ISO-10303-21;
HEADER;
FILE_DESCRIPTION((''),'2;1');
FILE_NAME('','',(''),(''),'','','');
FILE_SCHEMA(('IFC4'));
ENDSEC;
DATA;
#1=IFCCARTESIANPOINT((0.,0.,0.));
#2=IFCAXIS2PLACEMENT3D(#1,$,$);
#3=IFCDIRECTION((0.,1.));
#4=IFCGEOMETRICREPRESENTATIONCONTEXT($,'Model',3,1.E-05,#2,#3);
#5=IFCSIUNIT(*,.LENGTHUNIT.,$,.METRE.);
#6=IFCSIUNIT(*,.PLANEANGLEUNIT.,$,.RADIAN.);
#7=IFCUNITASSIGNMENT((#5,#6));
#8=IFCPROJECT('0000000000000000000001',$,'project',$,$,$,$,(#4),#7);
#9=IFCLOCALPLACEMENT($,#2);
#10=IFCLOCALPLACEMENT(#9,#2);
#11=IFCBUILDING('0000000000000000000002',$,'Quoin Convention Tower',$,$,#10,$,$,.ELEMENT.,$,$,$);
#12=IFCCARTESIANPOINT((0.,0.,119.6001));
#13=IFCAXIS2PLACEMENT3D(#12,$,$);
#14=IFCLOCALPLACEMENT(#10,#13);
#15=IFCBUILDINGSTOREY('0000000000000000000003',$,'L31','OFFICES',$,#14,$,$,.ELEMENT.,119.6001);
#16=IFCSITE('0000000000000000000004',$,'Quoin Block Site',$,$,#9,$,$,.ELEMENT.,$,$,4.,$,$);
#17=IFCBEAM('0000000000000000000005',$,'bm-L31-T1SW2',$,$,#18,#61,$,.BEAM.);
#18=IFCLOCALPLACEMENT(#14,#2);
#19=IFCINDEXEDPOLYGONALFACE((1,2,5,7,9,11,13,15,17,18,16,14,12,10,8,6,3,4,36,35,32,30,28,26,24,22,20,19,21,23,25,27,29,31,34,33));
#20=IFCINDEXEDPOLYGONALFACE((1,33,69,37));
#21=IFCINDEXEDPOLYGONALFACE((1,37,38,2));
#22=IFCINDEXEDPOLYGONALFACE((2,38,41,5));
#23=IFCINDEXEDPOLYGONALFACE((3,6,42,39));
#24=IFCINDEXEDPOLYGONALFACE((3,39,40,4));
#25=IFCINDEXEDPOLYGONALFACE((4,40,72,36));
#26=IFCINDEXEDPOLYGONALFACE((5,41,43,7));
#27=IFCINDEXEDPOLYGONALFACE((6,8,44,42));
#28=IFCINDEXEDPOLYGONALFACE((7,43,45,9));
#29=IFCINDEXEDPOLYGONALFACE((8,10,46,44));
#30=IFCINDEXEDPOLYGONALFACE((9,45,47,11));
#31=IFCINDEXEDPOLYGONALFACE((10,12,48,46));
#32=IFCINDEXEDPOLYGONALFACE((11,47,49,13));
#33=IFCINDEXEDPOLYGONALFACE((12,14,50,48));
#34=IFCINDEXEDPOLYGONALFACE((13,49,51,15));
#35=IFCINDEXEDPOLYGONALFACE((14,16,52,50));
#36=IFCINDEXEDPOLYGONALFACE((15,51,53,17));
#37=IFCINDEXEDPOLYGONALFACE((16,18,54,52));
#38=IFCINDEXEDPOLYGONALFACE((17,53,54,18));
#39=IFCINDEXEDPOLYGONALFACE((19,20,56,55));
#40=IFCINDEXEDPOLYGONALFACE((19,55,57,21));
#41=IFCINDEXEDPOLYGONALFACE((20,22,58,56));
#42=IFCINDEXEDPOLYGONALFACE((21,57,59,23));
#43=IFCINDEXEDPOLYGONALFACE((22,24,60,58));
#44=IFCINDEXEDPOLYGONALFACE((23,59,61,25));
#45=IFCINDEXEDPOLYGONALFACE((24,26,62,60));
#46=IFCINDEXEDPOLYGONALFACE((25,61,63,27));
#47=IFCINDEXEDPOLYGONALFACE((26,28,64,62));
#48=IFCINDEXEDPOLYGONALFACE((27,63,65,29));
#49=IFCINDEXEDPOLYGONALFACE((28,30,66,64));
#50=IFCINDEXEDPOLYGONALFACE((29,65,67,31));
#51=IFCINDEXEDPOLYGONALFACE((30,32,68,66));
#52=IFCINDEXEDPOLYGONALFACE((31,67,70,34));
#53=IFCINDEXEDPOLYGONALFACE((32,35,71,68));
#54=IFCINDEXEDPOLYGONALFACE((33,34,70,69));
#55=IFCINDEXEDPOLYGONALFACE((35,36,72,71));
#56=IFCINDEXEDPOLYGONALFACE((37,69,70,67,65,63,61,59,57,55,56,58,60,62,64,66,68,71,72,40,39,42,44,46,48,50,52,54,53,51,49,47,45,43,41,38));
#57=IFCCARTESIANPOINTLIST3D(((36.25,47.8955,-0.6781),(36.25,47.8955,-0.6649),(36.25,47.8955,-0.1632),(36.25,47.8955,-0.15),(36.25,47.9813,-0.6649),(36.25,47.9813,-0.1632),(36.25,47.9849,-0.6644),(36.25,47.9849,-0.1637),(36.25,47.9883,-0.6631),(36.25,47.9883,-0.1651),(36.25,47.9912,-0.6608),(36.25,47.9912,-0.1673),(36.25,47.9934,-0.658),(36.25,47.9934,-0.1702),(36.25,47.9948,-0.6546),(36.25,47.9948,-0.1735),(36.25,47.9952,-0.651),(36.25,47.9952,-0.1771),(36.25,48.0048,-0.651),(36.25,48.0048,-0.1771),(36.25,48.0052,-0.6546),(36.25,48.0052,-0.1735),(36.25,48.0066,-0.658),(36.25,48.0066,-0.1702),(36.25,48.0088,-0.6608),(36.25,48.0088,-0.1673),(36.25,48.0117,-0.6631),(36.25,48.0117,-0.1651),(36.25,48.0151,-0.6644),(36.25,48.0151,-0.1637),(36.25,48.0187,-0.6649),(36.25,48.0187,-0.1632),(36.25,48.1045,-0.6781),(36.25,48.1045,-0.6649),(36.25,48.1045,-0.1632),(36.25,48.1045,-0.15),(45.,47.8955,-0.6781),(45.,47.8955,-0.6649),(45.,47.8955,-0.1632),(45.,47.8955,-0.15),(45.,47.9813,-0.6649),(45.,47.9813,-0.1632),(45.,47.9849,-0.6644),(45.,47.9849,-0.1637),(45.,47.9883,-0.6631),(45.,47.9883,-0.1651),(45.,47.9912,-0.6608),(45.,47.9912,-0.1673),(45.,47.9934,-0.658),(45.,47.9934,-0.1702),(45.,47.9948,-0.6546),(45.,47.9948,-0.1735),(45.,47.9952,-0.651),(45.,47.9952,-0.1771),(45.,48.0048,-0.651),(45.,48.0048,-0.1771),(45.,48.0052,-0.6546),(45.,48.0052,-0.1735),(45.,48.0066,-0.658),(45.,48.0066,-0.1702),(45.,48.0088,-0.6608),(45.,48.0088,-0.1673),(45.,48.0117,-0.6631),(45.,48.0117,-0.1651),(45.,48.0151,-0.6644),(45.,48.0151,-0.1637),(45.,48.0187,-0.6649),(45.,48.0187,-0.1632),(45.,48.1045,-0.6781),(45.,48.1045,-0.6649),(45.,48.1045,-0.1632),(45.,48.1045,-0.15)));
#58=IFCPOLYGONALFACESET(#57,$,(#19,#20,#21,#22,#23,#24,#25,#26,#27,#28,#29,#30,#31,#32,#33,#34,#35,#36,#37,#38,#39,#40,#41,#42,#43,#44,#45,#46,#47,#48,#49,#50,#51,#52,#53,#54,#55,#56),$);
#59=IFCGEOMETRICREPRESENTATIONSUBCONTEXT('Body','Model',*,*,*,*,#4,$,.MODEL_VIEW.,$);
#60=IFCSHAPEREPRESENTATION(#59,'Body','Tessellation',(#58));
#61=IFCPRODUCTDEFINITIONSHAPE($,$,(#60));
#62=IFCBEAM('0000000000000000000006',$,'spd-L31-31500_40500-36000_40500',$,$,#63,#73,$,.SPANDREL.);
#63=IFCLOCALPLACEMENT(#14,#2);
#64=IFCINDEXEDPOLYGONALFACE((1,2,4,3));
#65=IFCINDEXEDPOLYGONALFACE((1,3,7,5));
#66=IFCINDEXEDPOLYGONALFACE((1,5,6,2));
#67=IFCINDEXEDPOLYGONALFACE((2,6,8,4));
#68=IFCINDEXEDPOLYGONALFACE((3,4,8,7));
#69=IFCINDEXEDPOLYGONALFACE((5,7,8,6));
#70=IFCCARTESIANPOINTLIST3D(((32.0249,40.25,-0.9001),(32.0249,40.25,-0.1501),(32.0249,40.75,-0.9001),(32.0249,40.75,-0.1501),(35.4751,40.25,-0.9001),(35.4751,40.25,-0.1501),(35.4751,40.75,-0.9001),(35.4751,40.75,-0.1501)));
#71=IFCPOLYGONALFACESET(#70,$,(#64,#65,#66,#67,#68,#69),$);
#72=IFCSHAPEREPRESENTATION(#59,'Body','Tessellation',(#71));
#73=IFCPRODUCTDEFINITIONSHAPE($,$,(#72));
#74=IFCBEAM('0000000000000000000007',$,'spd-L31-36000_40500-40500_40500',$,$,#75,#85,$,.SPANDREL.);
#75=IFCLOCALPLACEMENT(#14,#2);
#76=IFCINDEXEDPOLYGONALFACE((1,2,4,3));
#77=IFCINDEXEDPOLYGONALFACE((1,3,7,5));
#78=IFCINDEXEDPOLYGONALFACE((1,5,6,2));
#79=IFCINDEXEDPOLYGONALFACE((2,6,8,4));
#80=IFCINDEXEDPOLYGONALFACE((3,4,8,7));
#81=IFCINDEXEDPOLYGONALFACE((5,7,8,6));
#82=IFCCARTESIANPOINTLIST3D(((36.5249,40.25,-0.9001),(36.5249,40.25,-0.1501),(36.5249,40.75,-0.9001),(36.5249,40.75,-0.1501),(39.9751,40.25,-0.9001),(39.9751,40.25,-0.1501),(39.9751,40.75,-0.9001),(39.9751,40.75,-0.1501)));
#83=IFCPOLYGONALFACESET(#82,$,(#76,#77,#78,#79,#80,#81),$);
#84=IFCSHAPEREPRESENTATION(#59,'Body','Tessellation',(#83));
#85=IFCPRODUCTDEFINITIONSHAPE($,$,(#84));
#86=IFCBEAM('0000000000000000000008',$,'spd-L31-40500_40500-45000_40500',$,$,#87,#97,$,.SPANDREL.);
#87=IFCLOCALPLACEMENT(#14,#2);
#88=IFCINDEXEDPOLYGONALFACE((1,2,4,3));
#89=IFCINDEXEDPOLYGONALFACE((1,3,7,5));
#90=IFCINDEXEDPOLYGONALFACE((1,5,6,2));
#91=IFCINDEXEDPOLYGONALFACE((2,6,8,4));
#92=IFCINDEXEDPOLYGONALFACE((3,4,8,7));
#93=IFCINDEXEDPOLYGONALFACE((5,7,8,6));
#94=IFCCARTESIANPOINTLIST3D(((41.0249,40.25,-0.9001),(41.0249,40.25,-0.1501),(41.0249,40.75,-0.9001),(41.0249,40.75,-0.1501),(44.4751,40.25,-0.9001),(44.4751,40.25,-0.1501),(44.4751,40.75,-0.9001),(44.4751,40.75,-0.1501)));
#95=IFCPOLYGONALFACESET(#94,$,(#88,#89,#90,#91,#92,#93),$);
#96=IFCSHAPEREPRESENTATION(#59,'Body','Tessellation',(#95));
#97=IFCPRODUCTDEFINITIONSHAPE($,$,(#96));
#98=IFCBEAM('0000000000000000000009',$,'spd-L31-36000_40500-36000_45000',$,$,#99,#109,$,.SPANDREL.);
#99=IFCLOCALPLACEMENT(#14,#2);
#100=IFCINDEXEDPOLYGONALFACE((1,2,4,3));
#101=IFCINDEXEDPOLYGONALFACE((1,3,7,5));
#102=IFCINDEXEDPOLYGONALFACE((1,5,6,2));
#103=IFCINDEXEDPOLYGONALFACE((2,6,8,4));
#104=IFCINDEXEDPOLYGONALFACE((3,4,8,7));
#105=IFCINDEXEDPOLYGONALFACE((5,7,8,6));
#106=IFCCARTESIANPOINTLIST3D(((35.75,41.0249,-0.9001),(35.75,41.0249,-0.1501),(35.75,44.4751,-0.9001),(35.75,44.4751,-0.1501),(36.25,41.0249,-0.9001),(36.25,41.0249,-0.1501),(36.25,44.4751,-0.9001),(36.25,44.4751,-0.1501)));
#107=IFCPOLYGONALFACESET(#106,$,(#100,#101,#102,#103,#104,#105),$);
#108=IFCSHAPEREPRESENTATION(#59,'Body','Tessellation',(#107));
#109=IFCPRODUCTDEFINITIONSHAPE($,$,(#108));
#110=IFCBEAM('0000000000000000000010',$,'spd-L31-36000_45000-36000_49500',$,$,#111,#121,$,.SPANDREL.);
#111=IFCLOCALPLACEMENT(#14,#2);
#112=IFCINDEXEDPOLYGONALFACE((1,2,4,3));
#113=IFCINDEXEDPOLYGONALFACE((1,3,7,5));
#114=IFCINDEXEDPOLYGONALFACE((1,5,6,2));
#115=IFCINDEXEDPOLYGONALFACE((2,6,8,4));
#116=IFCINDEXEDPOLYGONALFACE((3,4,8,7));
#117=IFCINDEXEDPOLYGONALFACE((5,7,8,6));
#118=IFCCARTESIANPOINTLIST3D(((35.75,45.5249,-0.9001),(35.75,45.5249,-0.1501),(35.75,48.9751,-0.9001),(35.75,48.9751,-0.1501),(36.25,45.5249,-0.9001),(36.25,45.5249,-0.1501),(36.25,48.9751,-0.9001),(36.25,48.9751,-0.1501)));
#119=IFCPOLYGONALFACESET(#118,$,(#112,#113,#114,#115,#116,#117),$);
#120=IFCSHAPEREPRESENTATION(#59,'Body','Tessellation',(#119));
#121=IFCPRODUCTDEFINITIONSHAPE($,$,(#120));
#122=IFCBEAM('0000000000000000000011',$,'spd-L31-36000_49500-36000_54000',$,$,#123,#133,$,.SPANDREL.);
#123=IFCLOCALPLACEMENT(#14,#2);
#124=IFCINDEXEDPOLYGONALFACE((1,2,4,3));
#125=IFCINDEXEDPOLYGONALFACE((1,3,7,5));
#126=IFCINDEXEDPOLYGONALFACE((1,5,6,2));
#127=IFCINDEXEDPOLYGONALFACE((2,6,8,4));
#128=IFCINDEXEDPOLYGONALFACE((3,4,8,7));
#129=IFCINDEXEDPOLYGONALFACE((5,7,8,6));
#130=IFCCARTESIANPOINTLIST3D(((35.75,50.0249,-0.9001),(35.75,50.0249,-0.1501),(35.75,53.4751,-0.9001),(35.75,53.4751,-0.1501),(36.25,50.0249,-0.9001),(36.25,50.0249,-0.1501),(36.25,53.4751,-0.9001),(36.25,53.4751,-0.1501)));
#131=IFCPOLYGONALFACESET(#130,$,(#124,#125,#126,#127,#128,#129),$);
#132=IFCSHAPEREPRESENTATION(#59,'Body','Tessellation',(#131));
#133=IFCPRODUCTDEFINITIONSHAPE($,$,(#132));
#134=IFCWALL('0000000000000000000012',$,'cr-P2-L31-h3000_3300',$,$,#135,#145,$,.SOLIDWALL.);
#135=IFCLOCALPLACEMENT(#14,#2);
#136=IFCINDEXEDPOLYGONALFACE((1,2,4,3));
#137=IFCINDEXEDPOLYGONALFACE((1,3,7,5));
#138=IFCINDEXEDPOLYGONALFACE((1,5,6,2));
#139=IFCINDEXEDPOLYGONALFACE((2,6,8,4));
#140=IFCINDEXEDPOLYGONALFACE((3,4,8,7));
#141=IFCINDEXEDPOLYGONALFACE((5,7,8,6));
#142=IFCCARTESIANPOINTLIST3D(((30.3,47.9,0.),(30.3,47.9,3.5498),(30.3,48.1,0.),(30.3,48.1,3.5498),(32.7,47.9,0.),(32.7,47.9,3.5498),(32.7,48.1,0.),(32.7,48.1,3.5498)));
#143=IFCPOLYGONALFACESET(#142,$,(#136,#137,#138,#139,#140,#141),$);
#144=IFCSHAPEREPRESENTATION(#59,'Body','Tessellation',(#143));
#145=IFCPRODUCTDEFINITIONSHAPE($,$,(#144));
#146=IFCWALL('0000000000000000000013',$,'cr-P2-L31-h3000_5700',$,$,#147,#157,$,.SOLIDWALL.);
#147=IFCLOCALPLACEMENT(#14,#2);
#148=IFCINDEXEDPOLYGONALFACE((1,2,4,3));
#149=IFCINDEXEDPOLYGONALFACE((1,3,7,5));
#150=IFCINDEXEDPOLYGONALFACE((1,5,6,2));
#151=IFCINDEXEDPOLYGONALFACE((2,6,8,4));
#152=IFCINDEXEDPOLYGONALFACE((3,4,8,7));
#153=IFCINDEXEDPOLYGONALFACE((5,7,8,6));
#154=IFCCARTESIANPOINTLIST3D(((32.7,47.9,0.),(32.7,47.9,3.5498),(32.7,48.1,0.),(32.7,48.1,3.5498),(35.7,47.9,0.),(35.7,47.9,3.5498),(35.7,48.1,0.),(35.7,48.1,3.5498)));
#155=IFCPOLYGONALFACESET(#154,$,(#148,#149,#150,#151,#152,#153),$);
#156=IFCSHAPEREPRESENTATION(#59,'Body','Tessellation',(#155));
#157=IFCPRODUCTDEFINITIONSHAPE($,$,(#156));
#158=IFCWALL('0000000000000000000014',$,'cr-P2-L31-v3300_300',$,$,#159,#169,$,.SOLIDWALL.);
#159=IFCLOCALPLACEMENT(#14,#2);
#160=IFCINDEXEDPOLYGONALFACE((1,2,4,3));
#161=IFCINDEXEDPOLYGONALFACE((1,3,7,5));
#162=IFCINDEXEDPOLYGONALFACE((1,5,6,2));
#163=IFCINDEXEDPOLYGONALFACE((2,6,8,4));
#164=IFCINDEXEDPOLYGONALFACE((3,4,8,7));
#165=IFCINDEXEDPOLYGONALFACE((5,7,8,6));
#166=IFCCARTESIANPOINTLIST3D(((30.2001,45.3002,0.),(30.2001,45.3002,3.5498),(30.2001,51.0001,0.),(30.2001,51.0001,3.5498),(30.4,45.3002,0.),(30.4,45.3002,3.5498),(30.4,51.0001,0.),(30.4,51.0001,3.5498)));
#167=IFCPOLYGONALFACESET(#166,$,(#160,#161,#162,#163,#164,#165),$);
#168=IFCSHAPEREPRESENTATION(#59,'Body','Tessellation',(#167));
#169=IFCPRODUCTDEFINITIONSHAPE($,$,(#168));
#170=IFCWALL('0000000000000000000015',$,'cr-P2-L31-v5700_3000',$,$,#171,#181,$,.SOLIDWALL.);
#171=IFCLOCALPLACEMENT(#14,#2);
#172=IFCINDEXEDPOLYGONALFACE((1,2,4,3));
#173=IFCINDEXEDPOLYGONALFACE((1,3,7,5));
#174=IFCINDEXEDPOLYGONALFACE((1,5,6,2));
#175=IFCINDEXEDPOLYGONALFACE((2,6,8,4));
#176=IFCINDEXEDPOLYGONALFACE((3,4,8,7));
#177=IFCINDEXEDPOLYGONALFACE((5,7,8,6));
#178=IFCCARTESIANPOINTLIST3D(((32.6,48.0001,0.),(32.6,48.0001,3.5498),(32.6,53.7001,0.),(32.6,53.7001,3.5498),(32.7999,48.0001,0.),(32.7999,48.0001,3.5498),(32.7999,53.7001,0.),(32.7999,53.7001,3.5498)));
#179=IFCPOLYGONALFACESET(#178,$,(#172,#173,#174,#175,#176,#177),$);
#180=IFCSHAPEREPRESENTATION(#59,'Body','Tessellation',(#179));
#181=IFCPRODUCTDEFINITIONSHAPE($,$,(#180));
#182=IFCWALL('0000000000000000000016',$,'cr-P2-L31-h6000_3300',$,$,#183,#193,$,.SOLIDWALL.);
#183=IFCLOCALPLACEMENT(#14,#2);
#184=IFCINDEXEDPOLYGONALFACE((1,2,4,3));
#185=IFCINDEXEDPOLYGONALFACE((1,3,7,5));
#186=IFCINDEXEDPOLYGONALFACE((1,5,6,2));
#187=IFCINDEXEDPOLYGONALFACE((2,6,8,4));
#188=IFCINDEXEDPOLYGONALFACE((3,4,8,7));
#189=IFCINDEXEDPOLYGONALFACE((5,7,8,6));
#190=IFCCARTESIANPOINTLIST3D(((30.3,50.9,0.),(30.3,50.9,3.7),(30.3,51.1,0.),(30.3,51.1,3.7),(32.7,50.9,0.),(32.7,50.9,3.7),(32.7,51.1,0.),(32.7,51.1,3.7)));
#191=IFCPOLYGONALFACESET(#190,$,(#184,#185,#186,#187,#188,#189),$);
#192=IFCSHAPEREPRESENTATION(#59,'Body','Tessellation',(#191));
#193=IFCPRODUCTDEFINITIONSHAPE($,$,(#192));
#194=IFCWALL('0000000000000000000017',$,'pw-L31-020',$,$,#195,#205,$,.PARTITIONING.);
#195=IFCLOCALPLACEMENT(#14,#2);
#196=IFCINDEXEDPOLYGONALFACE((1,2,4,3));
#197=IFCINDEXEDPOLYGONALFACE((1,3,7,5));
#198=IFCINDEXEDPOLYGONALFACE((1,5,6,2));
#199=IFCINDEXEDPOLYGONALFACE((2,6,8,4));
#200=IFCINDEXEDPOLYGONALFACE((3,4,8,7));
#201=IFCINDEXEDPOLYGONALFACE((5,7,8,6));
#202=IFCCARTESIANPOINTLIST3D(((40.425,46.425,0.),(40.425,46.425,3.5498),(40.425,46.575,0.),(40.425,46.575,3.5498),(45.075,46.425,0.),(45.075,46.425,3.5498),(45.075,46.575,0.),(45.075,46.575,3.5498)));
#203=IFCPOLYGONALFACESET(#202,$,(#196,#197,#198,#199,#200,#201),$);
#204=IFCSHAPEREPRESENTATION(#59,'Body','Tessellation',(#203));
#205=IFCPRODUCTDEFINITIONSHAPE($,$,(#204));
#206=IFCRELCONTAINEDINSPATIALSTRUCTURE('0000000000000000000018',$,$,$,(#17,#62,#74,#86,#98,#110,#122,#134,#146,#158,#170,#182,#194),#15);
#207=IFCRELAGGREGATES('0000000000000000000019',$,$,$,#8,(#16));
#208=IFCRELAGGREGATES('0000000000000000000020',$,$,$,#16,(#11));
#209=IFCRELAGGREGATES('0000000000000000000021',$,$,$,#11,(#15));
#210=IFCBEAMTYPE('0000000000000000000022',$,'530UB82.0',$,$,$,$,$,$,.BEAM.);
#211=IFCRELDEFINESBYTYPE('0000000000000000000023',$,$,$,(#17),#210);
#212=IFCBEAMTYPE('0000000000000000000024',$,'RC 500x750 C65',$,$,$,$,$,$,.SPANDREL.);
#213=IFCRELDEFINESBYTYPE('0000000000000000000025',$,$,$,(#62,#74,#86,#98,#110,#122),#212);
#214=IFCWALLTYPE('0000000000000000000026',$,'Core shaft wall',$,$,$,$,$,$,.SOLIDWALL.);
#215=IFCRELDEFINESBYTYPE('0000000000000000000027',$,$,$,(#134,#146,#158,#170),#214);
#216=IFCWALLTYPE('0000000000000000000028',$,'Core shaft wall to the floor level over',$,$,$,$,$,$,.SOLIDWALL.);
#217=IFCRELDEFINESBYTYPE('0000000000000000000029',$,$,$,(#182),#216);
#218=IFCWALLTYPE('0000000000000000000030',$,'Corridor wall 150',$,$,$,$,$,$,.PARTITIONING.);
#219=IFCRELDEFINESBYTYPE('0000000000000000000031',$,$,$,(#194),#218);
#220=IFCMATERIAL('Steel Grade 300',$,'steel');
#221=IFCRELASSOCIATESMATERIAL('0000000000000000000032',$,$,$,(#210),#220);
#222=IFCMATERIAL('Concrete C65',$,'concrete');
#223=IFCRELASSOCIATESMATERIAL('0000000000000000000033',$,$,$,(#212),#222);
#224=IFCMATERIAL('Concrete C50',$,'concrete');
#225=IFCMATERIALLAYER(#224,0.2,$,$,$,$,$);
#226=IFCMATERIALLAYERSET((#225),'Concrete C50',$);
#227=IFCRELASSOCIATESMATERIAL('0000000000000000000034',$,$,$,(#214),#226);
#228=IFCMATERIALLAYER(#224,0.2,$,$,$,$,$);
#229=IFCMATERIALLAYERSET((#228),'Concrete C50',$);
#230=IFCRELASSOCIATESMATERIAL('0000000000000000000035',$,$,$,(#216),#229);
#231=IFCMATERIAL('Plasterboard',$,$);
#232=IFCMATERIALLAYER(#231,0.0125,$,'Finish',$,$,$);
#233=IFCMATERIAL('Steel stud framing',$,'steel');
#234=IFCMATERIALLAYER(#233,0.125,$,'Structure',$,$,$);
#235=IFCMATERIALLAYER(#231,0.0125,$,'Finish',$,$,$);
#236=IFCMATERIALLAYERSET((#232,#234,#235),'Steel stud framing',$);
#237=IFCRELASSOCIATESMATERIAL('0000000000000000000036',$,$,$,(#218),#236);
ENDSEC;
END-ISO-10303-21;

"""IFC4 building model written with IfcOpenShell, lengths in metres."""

from ifc_helpers import new_model, si_unit, direction, frame, frame_2d, origin, origin_2d, place, context, subcontext, project, spatial, rectangle, i_section, extrude, material, layer, layer_set, material_profile, profile_set, type_object, element, save


model = new_model("IFC4")

# Units and contexts
model_context = context("Model", 3, precision=1e-05, world=origin(), true_north=direction((0.0, 1.0)))
body_context = subcontext(model_context, "Body", "Model", "MODEL_VIEW")
ifc_project = project(units=[si_unit("LENGTHUNIT", "METRE"), si_unit("PLANEANGLEUNIT", "RADIAN")], contexts=[model_context])

# Site, building, storey
site_placement = place(None, origin())
site = spatial("IfcSite", under=ifc_project, at=site_placement, Name="Quoin Block Site", CompositionType="ELEMENT", RefElevation=4.0)
building_placement = place(site_placement, origin())
building = spatial("IfcBuilding", under=site, at=building_placement, Name="Quoin Convention Tower", CompositionType="ELEMENT")
storey_placement = place(building_placement, frame((0.0, 0.0, 119.6001)))
storey = spatial("IfcBuildingStorey", under=building, at=storey_placement, Name="L31", Description="OFFICES", CompositionType="ELEMENT", Elevation=119.6001)

# Shared definitions
ifc_material_1 = material(Name="Concrete C65", Category="concrete")

# Beams
ifc_material_2 = material(Name="Steel Grade 300", Category="steel")
ifc_material_profile_1 = material_profile(ifc_material_2, i_section(OverallWidth=0.209, OverallDepth=0.5281, WebThickness=0.0095, FlangeThickness=0.0132, FilletRadius=0.0139, at=origin_2d()), Name="530UB82.0")
ifc_profile_set_1 = profile_set([ifc_material_profile_1], Name="Steel Grade 300")
beam_type_1 = type_object("IfcBeamType", Name="530UB82.0", PredefinedType="BEAM", material=ifc_profile_set_1)
beam_1_placement = place(storey_placement, frame((36.25, 48.0, -0.4141), z_axis=(1.0, 0.0, 0.0), x_axis=(0.0, 1.0, 0.0)))
element("IfcBeam", 1, at=beam_1_placement, inside=storey, type_object=beam_type_1, Name="bm-L31-T1SW2", PredefinedType="BEAM", context=body_context, shape_type="SweptSolid", body=[
    extrude(i_section(OverallWidth=0.209, OverallDepth=0.5281, WebThickness=0.0095, FlangeThickness=0.0132, FilletRadius=0.0139, at=origin_2d()), origin(), (0.0, 0.0, 1.0), 8.75),
])
ifc_material_profile_2 = material_profile(ifc_material_1, rectangle(XDim=0.5, YDim=0.75, at=origin_2d()), Name="RC 500x750")
ifc_profile_set_2 = profile_set([ifc_material_profile_2], Name="Concrete C65")
beam_type_2 = type_object("IfcBeamType", Name="RC 500x750 C65", PredefinedType="SPANDREL", material=ifc_profile_set_2)
for number, where, z_axis, x_axis, name in (
    (2, (32.0249, 40.5, -0.5251), (1.0, 0.0, 0.0), (0.0, 1.0, 0.0), "spd-L31-31500_40500-36000_40500"),
    (3, (36.5249, 40.5, -0.5251), (1.0, 0.0, 0.0), (0.0, 1.0, 0.0), "spd-L31-36000_40500-40500_40500"),
    (4, (41.0249, 40.5, -0.5251), (1.0, 0.0, 0.0), (0.0, 1.0, 0.0), "spd-L31-40500_40500-45000_40500"),
    (5, (36.0, 41.0249, -0.5251), (0.0, 1.0, 0.0), (-1.0, 0.0, 0.0), "spd-L31-36000_40500-36000_45000"),
    (6, (36.0, 45.5249, -0.5251), (0.0, 1.0, 0.0), (-1.0, 0.0, 0.0), "spd-L31-36000_45000-36000_49500"),
    (7, (36.0, 50.0249, -0.5251), (0.0, 1.0, 0.0), (-1.0, 0.0, 0.0), "spd-L31-36000_49500-36000_54000"),
):
    element("IfcBeam", number, at=place(storey_placement, frame(where, z_axis=z_axis, x_axis=x_axis)), inside=storey, type_object=beam_type_2, Name=name, PredefinedType="SPANDREL", context=body_context, shape_type="SweptSolid", body=[
        extrude(rectangle(XDim=0.5, YDim=0.75, at=origin_2d()), origin(), (0.0, 0.0, 1.0), 3.4502),
    ])

# Walls
ifc_material_3 = material(Name="Concrete C50", Category="concrete")
ifc_layer_1 = layer(ifc_material_3, 0.2)
ifc_layer_set_1 = layer_set([ifc_layer_1], Name="Concrete C50")
wall_type_1 = type_object("IfcWallType", Name="Core shaft wall", PredefinedType="SOLIDWALL", material=ifc_layer_set_1)
wall_1_placement = place(storey_placement, frame((30.3, 48.0, 0.0), z_axis=(0.0, 0.0, 1.0), x_axis=(1.0, 0.0, 0.0)))
element("IfcWall", 8, at=wall_1_placement, inside=storey, type_object=wall_type_1, Name="cr-P2-L31-h3000_3300", PredefinedType="SOLIDWALL", context=body_context, shape_type="SweptSolid", body=[
    extrude(rectangle(XDim=2.3999, YDim=0.2, at=frame_2d((1.2, 0.0))), origin(), (0.0, 0.0, 1.0), 3.5498),
])
wall_2_placement = place(storey_placement, frame((32.7, 48.0, 0.0), z_axis=(0.0, 0.0, 1.0), x_axis=(1.0, 0.0, 0.0)))
element("IfcWall", 9, at=wall_2_placement, inside=storey, type_object=wall_type_1, Name="cr-P2-L31-h3000_5700", PredefinedType="SOLIDWALL", context=body_context, shape_type="SweptSolid", body=[
    extrude(rectangle(XDim=3.0, YDim=0.2, at=frame_2d((1.5, 0.0))), origin(), (0.0, 0.0, 1.0), 3.5498),
])
for number, where, z_axis, x_axis, name in (
    (10, (30.3, 45.3, 0.0), (0.0, 0.0, 1.0), (0.0, 1.0, 0.0), "cr-P2-L31-v3300_300"),
    (11, (32.7, 48.0, 0.0), (0.0, 0.0, 1.0), (0.0, 1.0, 0.0), "cr-P2-L31-v5700_3000"),
):
    element("IfcWall", number, at=place(storey_placement, frame(where, z_axis=z_axis, x_axis=x_axis)), inside=storey, type_object=wall_type_1, Name=name, PredefinedType="SOLIDWALL", context=body_context, shape_type="SweptSolid", body=[
        extrude(rectangle(XDim=5.7, YDim=0.2, at=frame_2d((2.8501, 0.0))), origin(), (0.0, 0.0, 1.0), 3.5498),
    ])
ifc_layer_2 = layer(ifc_material_3, 0.2)
ifc_layer_set_2 = layer_set([ifc_layer_2], Name="Concrete C50")
wall_type_2 = type_object("IfcWallType", Name="Core shaft wall to the floor level over", PredefinedType="SOLIDWALL", material=ifc_layer_set_2)
wall_3_placement = place(storey_placement, frame((30.3, 51.0, 0.0), z_axis=(0.0, 0.0, 1.0), x_axis=(1.0, 0.0, 0.0)))
element("IfcWall", 12, at=wall_3_placement, inside=storey, type_object=wall_type_2, Name="cr-P2-L31-h6000_3300", PredefinedType="SOLIDWALL", context=body_context, shape_type="SweptSolid", body=[
    extrude(rectangle(XDim=2.3999, YDim=0.2, at=frame_2d((1.2, 0.0))), origin(), (0.0, 0.0, 1.0), 3.7),
])
ifc_material_4 = material(Name="Plasterboard")
ifc_layer_3 = layer(ifc_material_4, 0.0125, Name="Finish")
ifc_material_5 = material(Name="Steel stud framing", Category="steel")
ifc_layer_4 = layer(ifc_material_5, 0.125, Name="Structure")
ifc_layer_5 = layer(ifc_material_4, 0.0125, Name="Finish")
ifc_layer_set_3 = layer_set([ifc_layer_3, ifc_layer_4, ifc_layer_5], Name="Steel stud framing")
wall_type_3 = type_object("IfcWallType", Name="Corridor wall 150", PredefinedType="PARTITIONING", material=ifc_layer_set_3)
wall_4_placement = place(storey_placement, frame((40.425, 46.5, 0.0), z_axis=(0.0, 0.0, 1.0), x_axis=(1.0, 0.0, 0.0)))
element("IfcWall", 13, at=wall_4_placement, inside=storey, type_object=wall_type_3, Name="pw-L31-020", PredefinedType="PARTITIONING", context=body_context, shape_type="SweptSolid", body=[
    extrude(rectangle(XDim=4.6499, YDim=0.1499, at=frame_2d((2.325, 0.0))), origin(), (0.0, 0.0, 1.0), 3.5498),
])

save(model, "model.ifc")
